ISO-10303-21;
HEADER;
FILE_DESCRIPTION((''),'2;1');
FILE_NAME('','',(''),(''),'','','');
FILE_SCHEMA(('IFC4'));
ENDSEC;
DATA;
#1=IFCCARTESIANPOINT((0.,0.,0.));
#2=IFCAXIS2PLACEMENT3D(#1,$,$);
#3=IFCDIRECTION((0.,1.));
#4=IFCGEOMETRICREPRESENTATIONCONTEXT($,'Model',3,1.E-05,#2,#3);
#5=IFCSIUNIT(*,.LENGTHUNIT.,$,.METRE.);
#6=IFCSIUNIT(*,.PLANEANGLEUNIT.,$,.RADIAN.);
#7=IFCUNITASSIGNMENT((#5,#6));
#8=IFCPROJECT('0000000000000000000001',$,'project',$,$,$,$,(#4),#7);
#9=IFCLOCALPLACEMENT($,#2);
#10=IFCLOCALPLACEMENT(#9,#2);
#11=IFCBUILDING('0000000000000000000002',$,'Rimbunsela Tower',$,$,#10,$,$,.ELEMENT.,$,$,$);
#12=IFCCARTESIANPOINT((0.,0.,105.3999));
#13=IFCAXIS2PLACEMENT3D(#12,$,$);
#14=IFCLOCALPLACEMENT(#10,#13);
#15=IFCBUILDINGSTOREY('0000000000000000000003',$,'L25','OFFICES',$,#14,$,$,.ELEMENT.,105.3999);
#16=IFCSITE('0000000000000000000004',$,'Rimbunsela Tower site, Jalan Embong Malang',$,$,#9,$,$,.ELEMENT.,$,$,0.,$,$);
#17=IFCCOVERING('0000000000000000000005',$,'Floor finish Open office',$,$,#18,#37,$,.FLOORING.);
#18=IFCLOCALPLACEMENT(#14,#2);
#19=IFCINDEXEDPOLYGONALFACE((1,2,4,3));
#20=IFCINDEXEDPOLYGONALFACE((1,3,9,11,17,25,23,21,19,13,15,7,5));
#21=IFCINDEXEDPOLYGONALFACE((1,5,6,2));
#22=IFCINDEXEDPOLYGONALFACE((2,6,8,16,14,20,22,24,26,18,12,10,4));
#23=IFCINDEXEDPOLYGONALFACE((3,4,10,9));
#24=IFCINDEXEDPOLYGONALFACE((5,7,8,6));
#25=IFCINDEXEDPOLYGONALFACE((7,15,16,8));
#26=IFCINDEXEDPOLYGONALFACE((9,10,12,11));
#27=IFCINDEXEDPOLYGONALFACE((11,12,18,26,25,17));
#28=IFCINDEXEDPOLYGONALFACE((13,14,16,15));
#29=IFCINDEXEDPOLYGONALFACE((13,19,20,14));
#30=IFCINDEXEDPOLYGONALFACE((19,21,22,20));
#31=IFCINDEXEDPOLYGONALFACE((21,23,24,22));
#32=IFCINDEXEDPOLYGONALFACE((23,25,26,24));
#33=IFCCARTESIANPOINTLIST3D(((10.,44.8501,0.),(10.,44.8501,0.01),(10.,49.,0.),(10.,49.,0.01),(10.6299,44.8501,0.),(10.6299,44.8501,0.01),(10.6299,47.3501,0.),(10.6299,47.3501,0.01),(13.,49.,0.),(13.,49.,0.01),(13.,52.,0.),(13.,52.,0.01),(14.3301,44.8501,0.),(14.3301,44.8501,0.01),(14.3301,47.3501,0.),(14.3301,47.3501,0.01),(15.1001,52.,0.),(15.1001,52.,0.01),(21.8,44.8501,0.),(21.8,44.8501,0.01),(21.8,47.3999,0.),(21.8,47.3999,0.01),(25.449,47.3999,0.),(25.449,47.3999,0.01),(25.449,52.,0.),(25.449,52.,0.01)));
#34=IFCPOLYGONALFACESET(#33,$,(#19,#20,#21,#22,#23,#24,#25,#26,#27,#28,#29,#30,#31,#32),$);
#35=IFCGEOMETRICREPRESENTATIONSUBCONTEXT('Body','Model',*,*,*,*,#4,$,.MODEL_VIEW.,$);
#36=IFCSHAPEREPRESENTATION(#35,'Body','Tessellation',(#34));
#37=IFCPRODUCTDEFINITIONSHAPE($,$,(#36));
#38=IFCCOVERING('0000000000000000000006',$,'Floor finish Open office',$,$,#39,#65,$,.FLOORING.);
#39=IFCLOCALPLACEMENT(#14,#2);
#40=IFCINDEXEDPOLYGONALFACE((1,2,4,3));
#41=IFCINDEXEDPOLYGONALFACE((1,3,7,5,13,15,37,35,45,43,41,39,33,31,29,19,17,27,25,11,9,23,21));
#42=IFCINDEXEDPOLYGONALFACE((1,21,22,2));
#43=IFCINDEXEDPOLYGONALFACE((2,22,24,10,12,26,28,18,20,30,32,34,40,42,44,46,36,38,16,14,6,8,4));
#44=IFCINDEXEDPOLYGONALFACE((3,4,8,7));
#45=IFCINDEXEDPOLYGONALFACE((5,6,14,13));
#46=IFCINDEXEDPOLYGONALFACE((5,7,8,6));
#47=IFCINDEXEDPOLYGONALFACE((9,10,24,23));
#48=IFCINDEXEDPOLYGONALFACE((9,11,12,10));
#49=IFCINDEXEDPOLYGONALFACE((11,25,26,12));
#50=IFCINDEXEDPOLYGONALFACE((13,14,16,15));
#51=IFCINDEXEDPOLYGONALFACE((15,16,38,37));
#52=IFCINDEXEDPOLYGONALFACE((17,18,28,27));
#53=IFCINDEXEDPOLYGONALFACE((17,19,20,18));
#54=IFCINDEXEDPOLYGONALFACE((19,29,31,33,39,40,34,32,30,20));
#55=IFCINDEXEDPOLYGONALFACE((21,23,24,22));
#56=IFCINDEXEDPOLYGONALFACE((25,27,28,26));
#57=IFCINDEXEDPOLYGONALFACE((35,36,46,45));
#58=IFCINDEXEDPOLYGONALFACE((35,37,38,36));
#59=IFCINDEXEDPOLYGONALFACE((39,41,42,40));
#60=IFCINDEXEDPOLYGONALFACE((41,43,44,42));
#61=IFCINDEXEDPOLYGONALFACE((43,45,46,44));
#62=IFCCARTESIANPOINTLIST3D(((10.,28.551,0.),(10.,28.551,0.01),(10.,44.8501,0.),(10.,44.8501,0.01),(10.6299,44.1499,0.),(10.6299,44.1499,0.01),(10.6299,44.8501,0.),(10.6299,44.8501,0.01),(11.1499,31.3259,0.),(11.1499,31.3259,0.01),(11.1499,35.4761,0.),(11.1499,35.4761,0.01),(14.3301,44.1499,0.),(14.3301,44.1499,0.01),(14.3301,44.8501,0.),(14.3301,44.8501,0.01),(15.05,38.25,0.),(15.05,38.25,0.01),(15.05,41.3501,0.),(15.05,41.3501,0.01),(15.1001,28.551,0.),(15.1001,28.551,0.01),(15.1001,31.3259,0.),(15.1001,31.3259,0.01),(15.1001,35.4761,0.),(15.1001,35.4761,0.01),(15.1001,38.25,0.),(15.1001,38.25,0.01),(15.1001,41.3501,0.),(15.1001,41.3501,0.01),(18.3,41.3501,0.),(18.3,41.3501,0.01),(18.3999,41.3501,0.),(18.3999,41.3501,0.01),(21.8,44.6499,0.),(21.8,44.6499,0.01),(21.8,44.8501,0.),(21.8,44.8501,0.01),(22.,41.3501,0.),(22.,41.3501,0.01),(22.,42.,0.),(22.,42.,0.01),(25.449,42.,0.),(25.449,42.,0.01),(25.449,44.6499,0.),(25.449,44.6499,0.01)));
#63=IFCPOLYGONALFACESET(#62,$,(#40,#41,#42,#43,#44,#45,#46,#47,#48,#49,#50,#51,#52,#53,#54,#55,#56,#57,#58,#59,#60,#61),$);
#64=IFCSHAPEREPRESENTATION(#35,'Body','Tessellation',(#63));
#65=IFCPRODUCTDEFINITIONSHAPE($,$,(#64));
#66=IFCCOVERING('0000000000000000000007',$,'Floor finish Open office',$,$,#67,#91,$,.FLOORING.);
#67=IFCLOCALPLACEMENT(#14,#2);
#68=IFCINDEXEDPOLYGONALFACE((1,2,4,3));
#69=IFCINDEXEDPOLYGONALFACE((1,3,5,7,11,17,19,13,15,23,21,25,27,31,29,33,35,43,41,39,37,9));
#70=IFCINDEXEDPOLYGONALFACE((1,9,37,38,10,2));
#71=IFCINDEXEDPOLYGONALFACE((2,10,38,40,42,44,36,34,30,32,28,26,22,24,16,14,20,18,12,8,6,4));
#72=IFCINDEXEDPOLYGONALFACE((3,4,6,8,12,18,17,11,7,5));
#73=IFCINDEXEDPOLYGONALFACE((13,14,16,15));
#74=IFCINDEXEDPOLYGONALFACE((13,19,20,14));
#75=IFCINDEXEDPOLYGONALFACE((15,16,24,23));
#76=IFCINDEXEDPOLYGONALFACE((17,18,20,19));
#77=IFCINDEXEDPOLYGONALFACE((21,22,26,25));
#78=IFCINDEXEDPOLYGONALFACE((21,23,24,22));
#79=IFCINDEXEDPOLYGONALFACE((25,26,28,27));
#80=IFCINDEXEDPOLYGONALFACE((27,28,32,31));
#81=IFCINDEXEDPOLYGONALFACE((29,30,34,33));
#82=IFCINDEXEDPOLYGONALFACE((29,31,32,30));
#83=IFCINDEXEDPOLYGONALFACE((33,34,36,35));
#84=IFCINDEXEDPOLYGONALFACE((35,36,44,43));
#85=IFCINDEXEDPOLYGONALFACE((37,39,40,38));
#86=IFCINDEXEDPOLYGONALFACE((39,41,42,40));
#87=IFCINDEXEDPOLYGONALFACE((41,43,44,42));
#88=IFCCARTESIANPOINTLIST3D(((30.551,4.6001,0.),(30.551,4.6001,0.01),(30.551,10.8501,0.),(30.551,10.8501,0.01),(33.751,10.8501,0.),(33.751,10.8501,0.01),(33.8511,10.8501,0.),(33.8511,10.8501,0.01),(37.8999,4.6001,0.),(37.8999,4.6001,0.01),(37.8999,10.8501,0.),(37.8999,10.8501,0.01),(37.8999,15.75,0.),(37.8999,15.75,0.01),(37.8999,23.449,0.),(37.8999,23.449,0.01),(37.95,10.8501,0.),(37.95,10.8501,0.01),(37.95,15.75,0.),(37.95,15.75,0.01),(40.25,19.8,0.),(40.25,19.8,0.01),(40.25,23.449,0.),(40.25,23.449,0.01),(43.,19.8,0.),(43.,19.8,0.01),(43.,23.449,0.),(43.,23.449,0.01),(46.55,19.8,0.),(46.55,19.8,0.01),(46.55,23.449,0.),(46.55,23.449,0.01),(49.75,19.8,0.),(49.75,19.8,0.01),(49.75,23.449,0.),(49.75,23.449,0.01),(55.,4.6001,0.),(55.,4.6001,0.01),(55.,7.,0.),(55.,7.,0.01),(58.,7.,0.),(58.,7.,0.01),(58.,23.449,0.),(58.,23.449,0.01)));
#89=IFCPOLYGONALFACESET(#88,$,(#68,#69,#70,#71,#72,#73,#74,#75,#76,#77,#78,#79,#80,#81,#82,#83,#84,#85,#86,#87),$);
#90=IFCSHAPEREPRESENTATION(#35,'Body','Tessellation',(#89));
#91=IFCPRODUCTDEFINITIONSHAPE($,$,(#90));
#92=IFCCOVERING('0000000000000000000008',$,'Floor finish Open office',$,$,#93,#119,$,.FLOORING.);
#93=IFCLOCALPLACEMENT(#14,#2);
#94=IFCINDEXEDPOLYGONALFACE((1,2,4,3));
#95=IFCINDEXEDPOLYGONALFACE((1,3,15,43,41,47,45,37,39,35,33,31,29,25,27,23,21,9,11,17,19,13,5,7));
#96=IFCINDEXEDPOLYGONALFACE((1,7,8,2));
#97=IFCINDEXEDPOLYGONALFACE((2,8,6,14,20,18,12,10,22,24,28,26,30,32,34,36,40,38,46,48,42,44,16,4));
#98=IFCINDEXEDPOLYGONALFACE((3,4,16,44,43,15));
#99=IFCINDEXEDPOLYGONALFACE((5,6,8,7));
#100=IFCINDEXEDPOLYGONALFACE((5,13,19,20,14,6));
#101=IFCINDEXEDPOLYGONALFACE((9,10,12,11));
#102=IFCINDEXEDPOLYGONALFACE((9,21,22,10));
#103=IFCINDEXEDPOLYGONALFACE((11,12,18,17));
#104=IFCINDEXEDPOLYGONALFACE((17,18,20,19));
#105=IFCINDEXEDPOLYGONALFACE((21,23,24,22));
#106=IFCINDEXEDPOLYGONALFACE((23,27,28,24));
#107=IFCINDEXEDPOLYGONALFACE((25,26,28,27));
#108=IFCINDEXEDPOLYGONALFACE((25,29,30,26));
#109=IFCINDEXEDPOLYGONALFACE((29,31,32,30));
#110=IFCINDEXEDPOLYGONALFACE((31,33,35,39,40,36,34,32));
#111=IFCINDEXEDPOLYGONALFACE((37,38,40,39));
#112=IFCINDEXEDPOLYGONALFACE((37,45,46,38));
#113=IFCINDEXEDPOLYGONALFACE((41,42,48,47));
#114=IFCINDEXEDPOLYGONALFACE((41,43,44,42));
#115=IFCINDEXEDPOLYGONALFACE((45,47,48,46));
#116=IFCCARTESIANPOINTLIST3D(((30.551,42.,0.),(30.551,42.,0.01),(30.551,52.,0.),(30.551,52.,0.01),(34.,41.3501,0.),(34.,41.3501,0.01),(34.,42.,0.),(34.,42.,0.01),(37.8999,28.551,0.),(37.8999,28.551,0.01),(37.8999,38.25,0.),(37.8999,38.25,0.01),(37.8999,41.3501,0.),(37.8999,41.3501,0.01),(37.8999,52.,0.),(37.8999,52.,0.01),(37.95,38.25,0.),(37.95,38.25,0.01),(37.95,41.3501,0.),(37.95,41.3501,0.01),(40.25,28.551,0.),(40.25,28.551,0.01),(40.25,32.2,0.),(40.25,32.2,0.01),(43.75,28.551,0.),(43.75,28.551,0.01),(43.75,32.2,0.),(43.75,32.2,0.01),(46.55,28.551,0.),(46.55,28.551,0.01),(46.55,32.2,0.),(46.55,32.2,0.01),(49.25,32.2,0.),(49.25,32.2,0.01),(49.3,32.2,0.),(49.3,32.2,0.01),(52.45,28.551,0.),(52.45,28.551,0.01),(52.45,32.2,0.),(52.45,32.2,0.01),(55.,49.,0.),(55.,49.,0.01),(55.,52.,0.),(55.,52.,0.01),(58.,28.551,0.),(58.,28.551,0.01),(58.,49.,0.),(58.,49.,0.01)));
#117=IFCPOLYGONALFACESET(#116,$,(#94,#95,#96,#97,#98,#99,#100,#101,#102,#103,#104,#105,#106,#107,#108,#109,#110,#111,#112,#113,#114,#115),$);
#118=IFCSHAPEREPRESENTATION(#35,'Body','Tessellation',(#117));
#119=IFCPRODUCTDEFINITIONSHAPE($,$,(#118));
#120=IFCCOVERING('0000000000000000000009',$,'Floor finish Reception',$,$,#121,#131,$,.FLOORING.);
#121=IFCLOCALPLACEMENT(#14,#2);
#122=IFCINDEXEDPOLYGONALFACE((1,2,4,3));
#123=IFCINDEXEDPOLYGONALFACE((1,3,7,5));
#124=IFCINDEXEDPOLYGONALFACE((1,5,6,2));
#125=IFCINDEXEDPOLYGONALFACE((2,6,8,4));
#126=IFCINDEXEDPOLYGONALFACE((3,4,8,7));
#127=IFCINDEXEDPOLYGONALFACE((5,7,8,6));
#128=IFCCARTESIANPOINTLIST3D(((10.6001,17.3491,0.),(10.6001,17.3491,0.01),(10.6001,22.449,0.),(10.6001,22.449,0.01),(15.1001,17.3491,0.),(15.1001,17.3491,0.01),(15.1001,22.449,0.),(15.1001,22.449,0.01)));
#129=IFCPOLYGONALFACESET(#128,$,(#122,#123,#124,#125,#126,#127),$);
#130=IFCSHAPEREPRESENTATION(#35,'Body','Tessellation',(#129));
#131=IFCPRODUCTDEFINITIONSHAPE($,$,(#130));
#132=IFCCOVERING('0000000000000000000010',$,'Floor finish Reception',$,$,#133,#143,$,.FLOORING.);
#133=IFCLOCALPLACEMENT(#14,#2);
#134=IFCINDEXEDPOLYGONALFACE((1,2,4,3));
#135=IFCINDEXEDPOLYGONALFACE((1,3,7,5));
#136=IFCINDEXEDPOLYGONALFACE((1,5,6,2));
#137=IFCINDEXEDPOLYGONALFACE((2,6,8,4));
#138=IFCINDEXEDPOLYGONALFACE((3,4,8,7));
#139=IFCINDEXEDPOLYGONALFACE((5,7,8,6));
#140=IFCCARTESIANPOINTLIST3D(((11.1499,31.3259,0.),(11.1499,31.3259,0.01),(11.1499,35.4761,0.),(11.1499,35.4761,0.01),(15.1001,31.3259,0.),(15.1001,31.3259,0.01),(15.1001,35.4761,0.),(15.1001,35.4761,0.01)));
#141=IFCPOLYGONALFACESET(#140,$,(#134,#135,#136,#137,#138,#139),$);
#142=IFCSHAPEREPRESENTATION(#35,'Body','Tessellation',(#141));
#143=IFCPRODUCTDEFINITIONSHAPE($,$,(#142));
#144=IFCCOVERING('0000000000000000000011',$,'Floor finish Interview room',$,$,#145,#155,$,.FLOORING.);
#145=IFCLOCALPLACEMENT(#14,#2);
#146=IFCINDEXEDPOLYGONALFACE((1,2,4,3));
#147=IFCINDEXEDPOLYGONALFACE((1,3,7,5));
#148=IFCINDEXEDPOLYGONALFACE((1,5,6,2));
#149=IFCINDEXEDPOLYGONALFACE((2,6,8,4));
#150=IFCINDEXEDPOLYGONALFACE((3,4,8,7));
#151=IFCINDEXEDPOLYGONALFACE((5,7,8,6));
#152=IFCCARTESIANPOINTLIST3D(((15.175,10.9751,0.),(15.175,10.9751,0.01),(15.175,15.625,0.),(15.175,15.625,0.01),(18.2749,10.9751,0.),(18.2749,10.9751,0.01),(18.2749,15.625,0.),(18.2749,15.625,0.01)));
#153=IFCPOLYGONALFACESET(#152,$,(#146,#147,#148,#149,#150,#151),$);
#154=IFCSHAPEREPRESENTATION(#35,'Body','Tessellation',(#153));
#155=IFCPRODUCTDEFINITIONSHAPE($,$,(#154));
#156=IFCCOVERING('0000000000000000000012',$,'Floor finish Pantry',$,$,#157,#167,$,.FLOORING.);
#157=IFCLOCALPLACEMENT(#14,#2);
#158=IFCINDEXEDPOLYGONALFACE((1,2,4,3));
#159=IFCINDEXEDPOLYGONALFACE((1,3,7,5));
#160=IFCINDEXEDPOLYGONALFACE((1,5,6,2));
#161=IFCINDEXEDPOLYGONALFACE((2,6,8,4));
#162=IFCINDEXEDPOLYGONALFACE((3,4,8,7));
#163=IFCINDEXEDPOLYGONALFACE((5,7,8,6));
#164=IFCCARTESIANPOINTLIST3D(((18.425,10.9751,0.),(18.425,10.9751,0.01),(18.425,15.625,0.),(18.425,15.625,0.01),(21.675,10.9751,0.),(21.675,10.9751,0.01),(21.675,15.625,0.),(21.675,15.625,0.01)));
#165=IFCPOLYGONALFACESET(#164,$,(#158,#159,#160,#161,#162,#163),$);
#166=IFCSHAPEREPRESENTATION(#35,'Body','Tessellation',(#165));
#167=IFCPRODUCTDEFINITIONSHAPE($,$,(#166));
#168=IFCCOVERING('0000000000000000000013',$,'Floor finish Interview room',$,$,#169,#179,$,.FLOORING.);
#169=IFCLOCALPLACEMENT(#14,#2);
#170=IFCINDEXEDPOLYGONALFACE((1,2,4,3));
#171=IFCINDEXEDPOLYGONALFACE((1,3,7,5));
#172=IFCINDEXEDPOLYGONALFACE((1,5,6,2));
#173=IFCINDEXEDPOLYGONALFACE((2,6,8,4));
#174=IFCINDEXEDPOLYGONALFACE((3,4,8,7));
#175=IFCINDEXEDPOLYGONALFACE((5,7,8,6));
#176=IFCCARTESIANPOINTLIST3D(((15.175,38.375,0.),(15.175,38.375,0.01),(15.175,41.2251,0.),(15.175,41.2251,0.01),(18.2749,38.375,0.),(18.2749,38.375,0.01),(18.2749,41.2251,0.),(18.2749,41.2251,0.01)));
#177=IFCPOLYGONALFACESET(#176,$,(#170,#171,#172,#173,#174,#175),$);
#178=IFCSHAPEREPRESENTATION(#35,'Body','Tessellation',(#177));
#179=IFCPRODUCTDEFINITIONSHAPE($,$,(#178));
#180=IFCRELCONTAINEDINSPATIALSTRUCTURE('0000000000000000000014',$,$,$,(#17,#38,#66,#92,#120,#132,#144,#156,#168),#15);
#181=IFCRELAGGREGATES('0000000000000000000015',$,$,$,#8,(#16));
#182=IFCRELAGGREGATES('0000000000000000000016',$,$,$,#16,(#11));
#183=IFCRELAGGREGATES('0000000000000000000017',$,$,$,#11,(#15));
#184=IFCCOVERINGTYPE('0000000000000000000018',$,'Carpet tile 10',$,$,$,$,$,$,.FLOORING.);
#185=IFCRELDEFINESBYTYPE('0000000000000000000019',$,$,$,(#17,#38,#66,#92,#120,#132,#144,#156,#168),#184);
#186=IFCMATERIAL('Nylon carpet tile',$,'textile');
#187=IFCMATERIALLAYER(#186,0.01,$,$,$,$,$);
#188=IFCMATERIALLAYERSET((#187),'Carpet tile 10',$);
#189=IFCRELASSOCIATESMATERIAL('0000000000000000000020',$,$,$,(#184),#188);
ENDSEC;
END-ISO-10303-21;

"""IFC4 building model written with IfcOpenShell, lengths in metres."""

from ifc_helpers import new_model, si_unit, direction, frame, origin, place, context, subcontext, project, spatial, polyline, outline, extrude, material, layer, layer_set, type_object, element, save


model = new_model("IFC4")

# Units and contexts
model_context = context("Model", 3, precision=1e-05, world=origin(), true_north=direction((0.0, 1.0)))
body_context = subcontext(model_context, "Body", "Model", "MODEL_VIEW")
ifc_project = project(units=[si_unit("LENGTHUNIT", "METRE"), si_unit("PLANEANGLEUNIT", "RADIAN")], contexts=[model_context])

# Site, building, storey
site_placement = place(None, origin())
site = spatial("IfcSite", under=ifc_project, at=site_placement, Name="Rimbunsela Tower site, Jalan Embong Malang", CompositionType="ELEMENT", RefElevation=0.0)
building_placement = place(site_placement, origin())
building = spatial("IfcBuilding", under=site, at=building_placement, Name="Rimbunsela Tower", CompositionType="ELEMENT")
storey_placement = place(building_placement, frame((0.0, 0.0, 105.3999)))
storey = spatial("IfcBuildingStorey", under=building, at=storey_placement, Name="L25", Description="OFFICES", CompositionType="ELEMENT", Elevation=105.3999)

# Coverings
ifc_material_1 = material(Name="Nylon carpet tile", Category="textile")
ifc_layer_1 = layer(ifc_material_1, 0.01)
ifc_layer_set_1 = layer_set([ifc_layer_1], Name="Carpet tile 10")
covering_type_1 = type_object("IfcCoveringType", Name="Carpet tile 10", PredefinedType="FLOORING", material=ifc_layer_set_1)
covering_1_placement = place(storey_placement, origin())
element("IfcCovering", 1, at=covering_1_placement, inside=storey, type_object=covering_type_1, Name="Floor finish Open office", PredefinedType="FLOORING", context=body_context, shape_type="SweptSolid", body=[
    extrude(outline(polyline([(13.0, 49.0), (13.0, 52.0), (15.1001, 52.0), (25.449, 52.0), (25.449, 47.3999), (21.8, 47.3999), (21.8, 44.8501), (14.3301, 44.8501), (14.3301, 47.3501), (10.6299, 47.3501), (10.6299, 44.8501), (10.0, 44.8501), (10.0, 49.0), (13.0, 49.0)])), origin(), (0.0, 0.0, 1.0), 0.01),
])
covering_2_placement = place(storey_placement, origin())
element("IfcCovering", 2, at=covering_2_placement, inside=storey, type_object=covering_type_1, Name="Floor finish Open office", PredefinedType="FLOORING", context=body_context, shape_type="SweptSolid", body=[
    extrude(outline(polyline([(21.8, 44.8501), (21.8, 44.6499), (25.449, 44.6499), (25.449, 42.0), (22.0, 42.0), (22.0, 41.3501), (18.3999, 41.3501), (18.3, 41.3501), (15.1001, 41.3501), (15.05, 41.3501), (15.05, 38.25), (15.1001, 38.25), (15.1001, 35.4761), (11.1499, 35.4761), (11.1499, 31.3259), (15.1001, 31.3259), (15.1001, 28.551), (10.0, 28.551), (10.0, 44.8501), (10.6299, 44.8501), (10.6299, 44.1499), (14.3301, 44.1499), (14.3301, 44.8501), (21.8, 44.8501)])), origin(), (0.0, 0.0, 1.0), 0.01),
])
covering_3_placement = place(storey_placement, origin())
element("IfcCovering", 3, at=covering_3_placement, inside=storey, type_object=covering_type_1, Name="Floor finish Open office", PredefinedType="FLOORING", context=body_context, shape_type="SweptSolid", body=[
    extrude(outline(polyline([(33.751, 10.8501), (33.8511, 10.8501), (37.8999, 10.8501), (37.95, 10.8501), (37.95, 15.75), (37.8999, 15.75), (37.8999, 23.449), (40.25, 23.449), (40.25, 19.8), (43.0, 19.8), (43.0, 23.449), (46.55, 23.449), (46.55, 19.8), (49.75, 19.8), (49.75, 23.449), (58.0, 23.449), (58.0, 7.0), (55.0, 7.0), (55.0, 4.6001), (37.8999, 4.6001), (30.551, 4.6001), (30.551, 10.8501), (33.751, 10.8501)])), origin(), (0.0, 0.0, 1.0), 0.01),
])
covering_4_placement = place(storey_placement, origin())
element("IfcCovering", 4, at=covering_4_placement, inside=storey, type_object=covering_type_1, Name="Floor finish Open office", PredefinedType="FLOORING", context=body_context, shape_type="SweptSolid", body=[
    extrude(outline(polyline([(49.3, 32.2), (49.25, 32.2), (46.55, 32.2), (46.55, 28.551), (43.75, 28.551), (43.75, 32.2), (40.25, 32.2), (40.25, 28.551), (37.8999, 28.551), (37.8999, 38.25), (37.95, 38.25), (37.95, 41.3501), (37.8999, 41.3501), (34.0, 41.3501), (34.0, 42.0), (30.551, 42.0), (30.551, 52.0), (37.8999, 52.0), (55.0, 52.0), (55.0, 49.0), (58.0, 49.0), (58.0, 28.551), (52.45, 28.551), (52.45, 32.2), (49.3, 32.2)])), origin(), (0.0, 0.0, 1.0), 0.01),
])
covering_5_placement = place(storey_placement, origin())
element("IfcCovering", 5, at=covering_5_placement, inside=storey, type_object=covering_type_1, Name="Floor finish Reception", PredefinedType="FLOORING", context=body_context, shape_type="SweptSolid", body=[
    extrude(outline(polyline([(15.1001, 17.3491), (15.1001, 22.449), (10.6001, 22.449), (10.6001, 17.3491), (15.1001, 17.3491)])), origin(), (0.0, 0.0, 1.0), 0.01),
])
covering_6_placement = place(storey_placement, origin())
element("IfcCovering", 6, at=covering_6_placement, inside=storey, type_object=covering_type_1, Name="Floor finish Reception", PredefinedType="FLOORING", context=body_context, shape_type="SweptSolid", body=[
    extrude(outline(polyline([(15.1001, 31.3259), (15.1001, 35.4761), (11.1499, 35.4761), (11.1499, 31.3259), (15.1001, 31.3259)])), origin(), (0.0, 0.0, 1.0), 0.01),
])
covering_7_placement = place(storey_placement, origin())
element("IfcCovering", 7, at=covering_7_placement, inside=storey, type_object=covering_type_1, Name="Floor finish Interview room", PredefinedType="FLOORING", context=body_context, shape_type="SweptSolid", body=[
    extrude(outline(polyline([(18.2749, 10.9751), (18.2749, 15.625), (15.175, 15.625), (15.175, 10.9751), (18.2749, 10.9751)])), origin(), (0.0, 0.0, 1.0), 0.01),
])
covering_8_placement = place(storey_placement, origin())
element("IfcCovering", 8, at=covering_8_placement, inside=storey, type_object=covering_type_1, Name="Floor finish Pantry", PredefinedType="FLOORING", context=body_context, shape_type="SweptSolid", body=[
    extrude(outline(polyline([(21.675, 10.9751), (21.675, 15.625), (18.425, 15.625), (18.425, 10.9751), (21.675, 10.9751)])), origin(), (0.0, 0.0, 1.0), 0.01),
])
covering_9_placement = place(storey_placement, origin())
element("IfcCovering", 9, at=covering_9_placement, inside=storey, type_object=covering_type_1, Name="Floor finish Interview room", PredefinedType="FLOORING", context=body_context, shape_type="SweptSolid", body=[
    extrude(outline(polyline([(18.2749, 38.375), (18.2749, 41.2251), (15.175, 41.2251), (15.175, 38.375), (18.2749, 38.375)])), origin(), (0.0, 0.0, 1.0), 0.01),
])

save(model, "model.ifc")
